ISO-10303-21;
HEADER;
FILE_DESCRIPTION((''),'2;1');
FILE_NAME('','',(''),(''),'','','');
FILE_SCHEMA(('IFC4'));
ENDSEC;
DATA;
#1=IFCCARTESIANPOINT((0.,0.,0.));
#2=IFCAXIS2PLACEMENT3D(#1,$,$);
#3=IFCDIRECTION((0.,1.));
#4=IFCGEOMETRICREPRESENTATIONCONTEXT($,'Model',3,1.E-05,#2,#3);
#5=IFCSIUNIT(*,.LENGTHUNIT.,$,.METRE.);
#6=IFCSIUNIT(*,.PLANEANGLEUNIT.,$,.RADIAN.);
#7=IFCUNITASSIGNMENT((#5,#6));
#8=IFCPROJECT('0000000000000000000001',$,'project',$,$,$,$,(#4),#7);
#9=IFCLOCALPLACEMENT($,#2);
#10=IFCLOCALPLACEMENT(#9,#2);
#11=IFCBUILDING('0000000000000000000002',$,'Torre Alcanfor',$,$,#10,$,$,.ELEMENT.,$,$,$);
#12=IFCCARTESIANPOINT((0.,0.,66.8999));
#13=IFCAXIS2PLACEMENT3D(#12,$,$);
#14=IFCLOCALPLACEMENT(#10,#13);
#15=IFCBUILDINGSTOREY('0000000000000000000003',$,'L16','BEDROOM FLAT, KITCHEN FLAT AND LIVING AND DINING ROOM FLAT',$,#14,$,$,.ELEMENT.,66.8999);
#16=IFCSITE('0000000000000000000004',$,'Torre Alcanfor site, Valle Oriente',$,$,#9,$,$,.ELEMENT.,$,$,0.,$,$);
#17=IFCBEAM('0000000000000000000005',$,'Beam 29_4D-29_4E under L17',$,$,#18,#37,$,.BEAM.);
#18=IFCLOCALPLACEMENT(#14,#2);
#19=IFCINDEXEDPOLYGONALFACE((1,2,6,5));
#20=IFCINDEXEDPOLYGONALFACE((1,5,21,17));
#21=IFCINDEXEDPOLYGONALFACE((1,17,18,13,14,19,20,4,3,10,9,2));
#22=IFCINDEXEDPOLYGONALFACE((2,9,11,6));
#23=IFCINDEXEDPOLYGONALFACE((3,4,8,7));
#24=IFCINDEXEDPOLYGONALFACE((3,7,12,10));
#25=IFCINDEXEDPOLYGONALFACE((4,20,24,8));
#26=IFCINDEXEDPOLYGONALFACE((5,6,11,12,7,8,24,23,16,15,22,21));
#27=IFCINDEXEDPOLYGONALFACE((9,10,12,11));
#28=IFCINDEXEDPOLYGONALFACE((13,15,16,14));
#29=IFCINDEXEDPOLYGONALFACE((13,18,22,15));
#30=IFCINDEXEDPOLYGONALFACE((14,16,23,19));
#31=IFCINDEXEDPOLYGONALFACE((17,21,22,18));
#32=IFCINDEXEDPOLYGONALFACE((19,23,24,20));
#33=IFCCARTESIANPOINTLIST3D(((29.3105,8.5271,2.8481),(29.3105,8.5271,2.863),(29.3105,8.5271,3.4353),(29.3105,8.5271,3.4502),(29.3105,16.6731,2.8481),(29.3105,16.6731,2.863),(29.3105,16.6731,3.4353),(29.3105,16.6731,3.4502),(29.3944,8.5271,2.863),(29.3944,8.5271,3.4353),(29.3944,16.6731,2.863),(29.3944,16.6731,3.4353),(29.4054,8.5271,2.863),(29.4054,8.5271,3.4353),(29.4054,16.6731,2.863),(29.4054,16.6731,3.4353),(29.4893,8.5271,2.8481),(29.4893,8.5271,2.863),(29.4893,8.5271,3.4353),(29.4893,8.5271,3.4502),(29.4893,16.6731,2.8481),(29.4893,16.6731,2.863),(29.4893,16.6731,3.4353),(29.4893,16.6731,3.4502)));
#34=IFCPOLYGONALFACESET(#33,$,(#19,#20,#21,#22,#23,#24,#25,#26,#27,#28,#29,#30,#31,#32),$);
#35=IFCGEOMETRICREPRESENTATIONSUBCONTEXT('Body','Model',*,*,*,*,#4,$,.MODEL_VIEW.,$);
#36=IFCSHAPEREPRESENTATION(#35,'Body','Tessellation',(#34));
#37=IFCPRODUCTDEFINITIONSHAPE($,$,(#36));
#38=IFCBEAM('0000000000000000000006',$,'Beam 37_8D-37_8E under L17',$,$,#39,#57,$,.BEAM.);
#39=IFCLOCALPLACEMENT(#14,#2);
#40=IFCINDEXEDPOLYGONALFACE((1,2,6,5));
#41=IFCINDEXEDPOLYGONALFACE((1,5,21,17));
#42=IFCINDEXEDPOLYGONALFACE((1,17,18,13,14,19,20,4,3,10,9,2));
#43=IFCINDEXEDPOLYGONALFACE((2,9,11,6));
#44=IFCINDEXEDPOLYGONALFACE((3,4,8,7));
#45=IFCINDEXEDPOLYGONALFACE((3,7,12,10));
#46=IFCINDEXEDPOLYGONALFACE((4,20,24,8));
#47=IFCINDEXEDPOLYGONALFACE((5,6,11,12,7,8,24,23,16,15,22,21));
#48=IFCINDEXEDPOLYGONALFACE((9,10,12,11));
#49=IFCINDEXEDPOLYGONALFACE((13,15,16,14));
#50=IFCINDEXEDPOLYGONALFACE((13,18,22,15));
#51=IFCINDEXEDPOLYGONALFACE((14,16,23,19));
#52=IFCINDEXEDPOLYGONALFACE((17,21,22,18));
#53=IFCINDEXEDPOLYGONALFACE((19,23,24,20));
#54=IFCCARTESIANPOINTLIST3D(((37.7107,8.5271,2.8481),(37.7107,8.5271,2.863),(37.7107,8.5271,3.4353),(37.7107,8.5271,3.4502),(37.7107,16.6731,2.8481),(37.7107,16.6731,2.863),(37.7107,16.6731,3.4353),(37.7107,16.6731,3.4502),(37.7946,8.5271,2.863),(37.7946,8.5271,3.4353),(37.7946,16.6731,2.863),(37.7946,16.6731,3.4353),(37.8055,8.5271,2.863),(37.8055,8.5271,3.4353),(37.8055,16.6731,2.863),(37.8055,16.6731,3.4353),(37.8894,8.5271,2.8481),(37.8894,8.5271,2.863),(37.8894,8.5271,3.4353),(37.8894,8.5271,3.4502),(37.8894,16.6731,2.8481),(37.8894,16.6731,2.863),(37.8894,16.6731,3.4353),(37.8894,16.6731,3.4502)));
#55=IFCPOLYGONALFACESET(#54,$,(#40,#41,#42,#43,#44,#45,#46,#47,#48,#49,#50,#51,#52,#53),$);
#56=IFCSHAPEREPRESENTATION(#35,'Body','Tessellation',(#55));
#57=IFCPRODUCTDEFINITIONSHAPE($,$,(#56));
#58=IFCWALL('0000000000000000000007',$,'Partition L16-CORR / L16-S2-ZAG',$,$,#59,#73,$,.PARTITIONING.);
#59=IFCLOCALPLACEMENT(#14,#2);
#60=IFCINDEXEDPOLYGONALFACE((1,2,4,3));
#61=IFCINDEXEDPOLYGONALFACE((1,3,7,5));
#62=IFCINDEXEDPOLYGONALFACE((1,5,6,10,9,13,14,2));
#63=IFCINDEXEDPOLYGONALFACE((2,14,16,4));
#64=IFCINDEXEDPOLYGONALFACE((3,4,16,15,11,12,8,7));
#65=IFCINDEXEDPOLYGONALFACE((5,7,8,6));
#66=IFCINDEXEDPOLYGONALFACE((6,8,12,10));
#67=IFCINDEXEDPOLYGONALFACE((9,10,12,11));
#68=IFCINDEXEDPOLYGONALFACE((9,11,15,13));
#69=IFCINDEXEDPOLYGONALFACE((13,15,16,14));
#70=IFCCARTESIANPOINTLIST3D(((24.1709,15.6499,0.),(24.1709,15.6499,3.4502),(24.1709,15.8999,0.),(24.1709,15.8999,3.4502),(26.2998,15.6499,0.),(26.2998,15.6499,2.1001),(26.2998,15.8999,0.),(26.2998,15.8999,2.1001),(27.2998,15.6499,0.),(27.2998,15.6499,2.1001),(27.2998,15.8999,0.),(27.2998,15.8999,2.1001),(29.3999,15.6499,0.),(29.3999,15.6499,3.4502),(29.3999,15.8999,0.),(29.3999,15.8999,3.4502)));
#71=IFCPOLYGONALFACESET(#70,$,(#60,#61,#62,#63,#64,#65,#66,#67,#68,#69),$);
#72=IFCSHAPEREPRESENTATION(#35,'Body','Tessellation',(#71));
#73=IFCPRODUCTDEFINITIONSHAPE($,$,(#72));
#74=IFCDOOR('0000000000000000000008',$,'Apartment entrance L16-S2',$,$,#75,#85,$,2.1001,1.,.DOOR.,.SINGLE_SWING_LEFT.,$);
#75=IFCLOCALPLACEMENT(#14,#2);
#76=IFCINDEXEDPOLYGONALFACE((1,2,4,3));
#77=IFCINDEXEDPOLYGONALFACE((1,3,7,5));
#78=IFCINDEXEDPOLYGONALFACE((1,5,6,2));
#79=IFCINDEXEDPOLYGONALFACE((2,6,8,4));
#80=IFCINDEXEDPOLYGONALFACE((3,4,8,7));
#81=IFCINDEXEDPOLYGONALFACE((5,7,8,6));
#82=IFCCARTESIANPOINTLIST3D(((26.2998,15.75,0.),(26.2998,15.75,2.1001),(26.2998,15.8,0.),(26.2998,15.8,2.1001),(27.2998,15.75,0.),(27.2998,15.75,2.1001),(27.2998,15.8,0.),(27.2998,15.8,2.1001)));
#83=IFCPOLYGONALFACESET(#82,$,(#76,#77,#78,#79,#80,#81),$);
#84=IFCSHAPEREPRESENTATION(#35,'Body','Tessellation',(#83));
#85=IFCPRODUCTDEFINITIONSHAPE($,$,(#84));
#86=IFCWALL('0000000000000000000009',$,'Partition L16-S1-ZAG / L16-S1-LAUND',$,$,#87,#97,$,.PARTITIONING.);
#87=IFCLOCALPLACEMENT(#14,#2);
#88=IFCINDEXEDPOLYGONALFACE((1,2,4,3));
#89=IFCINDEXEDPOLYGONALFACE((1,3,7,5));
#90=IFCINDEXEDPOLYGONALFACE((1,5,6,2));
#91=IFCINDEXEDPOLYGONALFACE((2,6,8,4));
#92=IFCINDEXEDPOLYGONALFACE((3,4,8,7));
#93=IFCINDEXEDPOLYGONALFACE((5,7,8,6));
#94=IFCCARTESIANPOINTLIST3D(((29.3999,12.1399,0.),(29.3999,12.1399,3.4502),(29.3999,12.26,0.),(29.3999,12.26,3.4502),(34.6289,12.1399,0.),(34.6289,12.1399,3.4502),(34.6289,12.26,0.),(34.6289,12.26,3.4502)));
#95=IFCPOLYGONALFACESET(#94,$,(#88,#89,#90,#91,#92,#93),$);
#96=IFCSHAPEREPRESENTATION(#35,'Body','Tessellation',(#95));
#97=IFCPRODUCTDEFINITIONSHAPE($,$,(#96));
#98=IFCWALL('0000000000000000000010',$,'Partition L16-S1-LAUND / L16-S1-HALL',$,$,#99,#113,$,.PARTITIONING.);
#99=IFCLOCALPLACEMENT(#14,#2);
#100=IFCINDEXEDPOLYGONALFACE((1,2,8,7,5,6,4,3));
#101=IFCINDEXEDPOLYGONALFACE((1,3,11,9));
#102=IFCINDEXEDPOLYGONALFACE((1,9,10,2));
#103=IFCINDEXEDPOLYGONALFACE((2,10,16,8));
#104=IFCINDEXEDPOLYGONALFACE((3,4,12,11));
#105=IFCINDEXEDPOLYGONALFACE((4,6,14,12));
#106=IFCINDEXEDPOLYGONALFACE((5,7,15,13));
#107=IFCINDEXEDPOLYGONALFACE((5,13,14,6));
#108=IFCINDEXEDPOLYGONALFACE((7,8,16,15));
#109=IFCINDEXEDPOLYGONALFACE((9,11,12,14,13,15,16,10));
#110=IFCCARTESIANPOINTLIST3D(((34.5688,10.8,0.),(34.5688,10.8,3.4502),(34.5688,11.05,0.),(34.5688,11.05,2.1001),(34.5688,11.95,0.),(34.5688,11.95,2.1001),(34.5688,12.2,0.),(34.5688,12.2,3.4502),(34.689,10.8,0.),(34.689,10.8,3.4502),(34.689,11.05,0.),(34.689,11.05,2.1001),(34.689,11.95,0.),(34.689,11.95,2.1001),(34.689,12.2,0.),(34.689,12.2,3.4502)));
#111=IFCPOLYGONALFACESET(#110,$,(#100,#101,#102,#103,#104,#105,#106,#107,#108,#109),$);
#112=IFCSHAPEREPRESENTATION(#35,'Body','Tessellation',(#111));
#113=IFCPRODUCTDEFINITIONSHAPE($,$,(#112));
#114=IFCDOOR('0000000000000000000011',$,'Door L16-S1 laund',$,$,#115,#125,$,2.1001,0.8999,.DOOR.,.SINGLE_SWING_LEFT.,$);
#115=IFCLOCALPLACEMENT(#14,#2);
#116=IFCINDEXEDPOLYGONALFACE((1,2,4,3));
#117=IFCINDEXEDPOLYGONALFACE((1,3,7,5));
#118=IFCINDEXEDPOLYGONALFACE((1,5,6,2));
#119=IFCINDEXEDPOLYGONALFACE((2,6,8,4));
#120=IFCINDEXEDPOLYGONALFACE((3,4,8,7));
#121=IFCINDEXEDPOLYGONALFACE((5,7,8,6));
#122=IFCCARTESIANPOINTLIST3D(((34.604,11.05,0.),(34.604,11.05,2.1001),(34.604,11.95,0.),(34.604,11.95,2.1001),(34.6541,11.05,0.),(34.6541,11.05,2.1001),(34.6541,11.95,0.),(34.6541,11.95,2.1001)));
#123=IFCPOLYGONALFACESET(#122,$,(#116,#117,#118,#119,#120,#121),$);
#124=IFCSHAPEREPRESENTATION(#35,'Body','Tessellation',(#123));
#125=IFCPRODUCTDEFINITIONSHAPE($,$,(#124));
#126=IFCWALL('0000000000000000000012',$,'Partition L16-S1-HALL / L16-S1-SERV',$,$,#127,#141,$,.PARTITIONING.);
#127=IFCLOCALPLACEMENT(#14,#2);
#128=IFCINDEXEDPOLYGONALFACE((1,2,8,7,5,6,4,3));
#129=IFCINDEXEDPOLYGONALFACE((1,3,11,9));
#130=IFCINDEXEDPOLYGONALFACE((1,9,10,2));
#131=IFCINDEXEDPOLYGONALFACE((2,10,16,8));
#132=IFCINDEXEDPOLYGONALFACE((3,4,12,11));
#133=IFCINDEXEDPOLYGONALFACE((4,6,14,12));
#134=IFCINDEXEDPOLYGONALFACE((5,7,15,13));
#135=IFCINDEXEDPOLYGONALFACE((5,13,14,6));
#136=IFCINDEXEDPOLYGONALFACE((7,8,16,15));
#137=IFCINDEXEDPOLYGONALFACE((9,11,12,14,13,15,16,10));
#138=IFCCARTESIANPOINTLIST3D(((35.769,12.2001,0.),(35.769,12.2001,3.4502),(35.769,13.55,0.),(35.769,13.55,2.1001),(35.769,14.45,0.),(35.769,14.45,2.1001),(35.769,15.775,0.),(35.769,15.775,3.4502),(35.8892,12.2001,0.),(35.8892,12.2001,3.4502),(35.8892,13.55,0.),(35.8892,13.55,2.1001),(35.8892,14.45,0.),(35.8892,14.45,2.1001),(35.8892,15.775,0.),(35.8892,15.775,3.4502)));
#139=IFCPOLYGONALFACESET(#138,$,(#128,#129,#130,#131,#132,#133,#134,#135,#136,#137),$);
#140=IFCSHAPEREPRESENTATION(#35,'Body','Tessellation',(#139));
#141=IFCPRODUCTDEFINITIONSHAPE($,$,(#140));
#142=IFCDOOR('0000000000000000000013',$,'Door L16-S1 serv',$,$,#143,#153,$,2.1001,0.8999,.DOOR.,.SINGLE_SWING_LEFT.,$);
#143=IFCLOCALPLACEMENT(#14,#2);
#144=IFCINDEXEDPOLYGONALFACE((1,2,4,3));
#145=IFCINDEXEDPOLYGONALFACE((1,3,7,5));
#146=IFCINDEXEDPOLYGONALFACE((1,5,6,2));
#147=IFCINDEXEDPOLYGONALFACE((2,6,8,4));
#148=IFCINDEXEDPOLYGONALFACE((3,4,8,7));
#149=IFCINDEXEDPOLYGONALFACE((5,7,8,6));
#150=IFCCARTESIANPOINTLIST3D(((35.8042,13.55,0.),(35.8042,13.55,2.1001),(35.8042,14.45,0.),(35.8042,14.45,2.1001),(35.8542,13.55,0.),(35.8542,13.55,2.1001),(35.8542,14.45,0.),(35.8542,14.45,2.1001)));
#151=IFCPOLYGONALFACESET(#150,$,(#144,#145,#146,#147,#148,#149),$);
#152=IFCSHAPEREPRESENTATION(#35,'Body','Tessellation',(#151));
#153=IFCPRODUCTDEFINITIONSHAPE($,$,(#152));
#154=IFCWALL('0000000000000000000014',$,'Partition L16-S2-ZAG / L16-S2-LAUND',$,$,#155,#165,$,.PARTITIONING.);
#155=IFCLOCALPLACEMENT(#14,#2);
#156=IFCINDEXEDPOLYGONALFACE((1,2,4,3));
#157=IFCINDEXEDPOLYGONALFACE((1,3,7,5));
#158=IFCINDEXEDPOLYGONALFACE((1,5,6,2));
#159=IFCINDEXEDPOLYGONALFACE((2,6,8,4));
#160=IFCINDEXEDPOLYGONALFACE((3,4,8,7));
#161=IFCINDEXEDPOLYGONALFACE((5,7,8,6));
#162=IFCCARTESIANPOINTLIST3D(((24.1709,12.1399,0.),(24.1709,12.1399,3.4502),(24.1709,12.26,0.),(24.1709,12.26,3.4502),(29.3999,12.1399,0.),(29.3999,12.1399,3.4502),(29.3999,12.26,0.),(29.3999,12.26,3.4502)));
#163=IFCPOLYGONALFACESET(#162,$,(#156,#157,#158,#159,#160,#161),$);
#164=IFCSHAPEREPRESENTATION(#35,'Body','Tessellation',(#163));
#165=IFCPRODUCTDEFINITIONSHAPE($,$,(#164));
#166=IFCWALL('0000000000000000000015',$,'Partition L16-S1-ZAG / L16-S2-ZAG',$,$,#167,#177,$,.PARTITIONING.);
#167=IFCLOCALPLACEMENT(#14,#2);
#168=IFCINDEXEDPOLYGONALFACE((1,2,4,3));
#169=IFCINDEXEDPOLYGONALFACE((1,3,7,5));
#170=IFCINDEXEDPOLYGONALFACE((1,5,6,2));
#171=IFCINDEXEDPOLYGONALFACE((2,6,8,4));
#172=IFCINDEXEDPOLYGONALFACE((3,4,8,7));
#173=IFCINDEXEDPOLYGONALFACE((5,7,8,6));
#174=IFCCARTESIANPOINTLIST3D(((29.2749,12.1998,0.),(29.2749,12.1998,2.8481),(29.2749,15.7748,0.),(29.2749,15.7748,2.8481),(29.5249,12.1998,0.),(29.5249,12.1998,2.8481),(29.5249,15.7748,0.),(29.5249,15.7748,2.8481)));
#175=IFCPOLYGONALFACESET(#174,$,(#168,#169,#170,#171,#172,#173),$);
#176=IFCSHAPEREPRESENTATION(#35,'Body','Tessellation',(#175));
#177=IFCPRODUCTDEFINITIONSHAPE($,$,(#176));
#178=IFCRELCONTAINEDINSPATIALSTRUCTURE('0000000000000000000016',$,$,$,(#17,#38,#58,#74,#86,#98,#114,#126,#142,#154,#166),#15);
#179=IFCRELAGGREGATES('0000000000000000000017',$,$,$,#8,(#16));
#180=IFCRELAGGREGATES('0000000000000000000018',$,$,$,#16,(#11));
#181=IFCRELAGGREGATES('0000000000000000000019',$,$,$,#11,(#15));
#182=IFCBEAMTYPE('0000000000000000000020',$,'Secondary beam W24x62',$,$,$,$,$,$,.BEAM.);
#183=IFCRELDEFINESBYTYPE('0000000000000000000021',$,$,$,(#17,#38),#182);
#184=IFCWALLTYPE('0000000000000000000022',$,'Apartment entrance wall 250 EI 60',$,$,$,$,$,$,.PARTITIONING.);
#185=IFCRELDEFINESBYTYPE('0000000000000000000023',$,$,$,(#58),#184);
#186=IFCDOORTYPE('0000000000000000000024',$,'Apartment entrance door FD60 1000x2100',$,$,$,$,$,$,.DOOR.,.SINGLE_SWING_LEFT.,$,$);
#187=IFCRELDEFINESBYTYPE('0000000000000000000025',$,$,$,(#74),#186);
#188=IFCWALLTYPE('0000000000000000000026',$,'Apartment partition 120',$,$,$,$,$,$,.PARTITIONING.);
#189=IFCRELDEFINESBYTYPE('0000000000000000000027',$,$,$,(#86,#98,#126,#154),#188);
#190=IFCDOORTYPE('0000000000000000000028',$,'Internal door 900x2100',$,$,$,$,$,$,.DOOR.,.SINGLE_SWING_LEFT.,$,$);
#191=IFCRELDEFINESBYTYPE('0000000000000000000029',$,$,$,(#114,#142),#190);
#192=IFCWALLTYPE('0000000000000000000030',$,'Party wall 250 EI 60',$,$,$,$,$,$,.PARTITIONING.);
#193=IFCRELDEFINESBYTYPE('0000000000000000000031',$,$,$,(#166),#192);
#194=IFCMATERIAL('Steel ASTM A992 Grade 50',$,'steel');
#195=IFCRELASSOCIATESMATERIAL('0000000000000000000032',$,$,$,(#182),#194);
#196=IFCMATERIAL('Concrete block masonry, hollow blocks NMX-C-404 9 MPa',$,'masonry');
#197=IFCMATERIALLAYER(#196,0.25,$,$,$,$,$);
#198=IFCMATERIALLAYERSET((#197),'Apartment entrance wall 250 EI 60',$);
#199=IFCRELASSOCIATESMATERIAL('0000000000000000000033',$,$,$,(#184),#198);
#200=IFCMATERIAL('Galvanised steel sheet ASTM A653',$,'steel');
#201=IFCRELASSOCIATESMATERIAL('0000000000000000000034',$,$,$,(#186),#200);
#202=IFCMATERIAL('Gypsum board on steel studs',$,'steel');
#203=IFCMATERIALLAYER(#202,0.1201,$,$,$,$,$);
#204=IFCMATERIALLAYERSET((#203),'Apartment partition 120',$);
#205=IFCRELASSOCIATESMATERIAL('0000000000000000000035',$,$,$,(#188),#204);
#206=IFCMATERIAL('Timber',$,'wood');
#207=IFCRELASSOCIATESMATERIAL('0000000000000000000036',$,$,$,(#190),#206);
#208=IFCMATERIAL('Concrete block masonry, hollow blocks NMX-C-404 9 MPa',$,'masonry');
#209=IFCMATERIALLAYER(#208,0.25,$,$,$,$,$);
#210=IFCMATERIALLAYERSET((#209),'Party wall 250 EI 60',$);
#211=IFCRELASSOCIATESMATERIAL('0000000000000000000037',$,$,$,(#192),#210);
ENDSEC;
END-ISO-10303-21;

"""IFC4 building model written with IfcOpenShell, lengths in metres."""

from ifc_helpers import new_model, si_unit, direction, frame, frame_2d, origin, origin_2d, place, context, subcontext, project, spatial, rectangle, i_section, extrude, material, layer, layer_set, material_profile, profile_set, type_object, element, fill, save


model = new_model("IFC4")

# Units and contexts
model_context = context("Model", 3, precision=1e-05, world=origin(), true_north=direction((0.0, 1.0)))
body_context = subcontext(model_context, "Body", "Model", "MODEL_VIEW")
ifc_project = project(units=[si_unit("LENGTHUNIT", "METRE"), si_unit("PLANEANGLEUNIT", "RADIAN")], contexts=[model_context])

# Site, building, storey
site_placement = place(None, origin())
site = spatial("IfcSite", under=ifc_project, at=site_placement, Name="Torre Alcanfor site, Valle Oriente", CompositionType="ELEMENT", RefElevation=0.0)
building_placement = place(site_placement, origin())
building = spatial("IfcBuilding", under=site, at=building_placement, Name="Torre Alcanfor", CompositionType="ELEMENT")
storey_placement = place(building_placement, frame((0.0, 0.0, 66.8999)))
storey = spatial("IfcBuildingStorey", under=building, at=storey_placement, Name="L16", Description="BEDROOM FLAT, KITCHEN FLAT AND LIVING AND DINING ROOM FLAT", CompositionType="ELEMENT", Elevation=66.8999)

# Beams
ifc_material_1 = material(Name="Steel ASTM A992 Grade 50", Category="steel")
ifc_material_profile = material_profile(ifc_material_1, i_section(OverallWidth=0.1787, OverallDepth=0.6021, WebThickness=0.011, FlangeThickness=0.0149, at=origin_2d()), Name="W24x62")
ifc_profile_set = profile_set([ifc_material_profile], Name="Steel ASTM A992 Grade 50")
beam_type = type_object("IfcBeamType", Name="Secondary beam W24x62", PredefinedType="BEAM", material=ifc_profile_set)
for number, where, z_axis, x_axis, name in (
    (1, (29.3999, 8.5271, 3.1492), (0.0, 1.0, 0.0), (-1.0, 0.0, 0.0), "Beam 29_4D-29_4E under L17"),
    (2, (37.8, 8.5271, 3.1492), (0.0, 1.0, 0.0), (-1.0, 0.0, 0.0), "Beam 37_8D-37_8E under L17"),
):
    element("IfcBeam", number, at=place(storey_placement, frame(where, z_axis=z_axis, x_axis=x_axis)), inside=storey, type_object=beam_type, Name=name, PredefinedType="BEAM", context=body_context, shape_type="SweptSolid", body=[
        extrude(i_section(OverallWidth=0.1787, OverallDepth=0.6021, WebThickness=0.011, FlangeThickness=0.0149, at=origin_2d()), origin(), (0.0, 0.0, 1.0), 8.146),
    ])

# Wall, opening, door
ifc_material_2 = material(Name="Concrete block masonry, hollow blocks NMX-C-404 9 MPa", Category="masonry")
ifc_layer_1 = layer(ifc_material_2, 0.25)
ifc_layer_set_1 = layer_set([ifc_layer_1], Name="Apartment entrance wall 250 EI 60")
wall_type_1 = type_object("IfcWallType", Name="Apartment entrance wall 250 EI 60", PredefinedType="PARTITIONING", material=ifc_layer_set_1)
wall_1_placement = place(storey_placement, frame((29.3999, 15.7749, 0.0), z_axis=(0.0, 0.0, 1.0), x_axis=(-1.0, 0.0, 0.0)))
wall_1 = element("IfcWall", 3, at=wall_1_placement, inside=storey, type_object=wall_type_1, Name="Partition L16-CORR / L16-S2-ZAG", PredefinedType="PARTITIONING", context=body_context, shape_type="SweptSolid", body=[
    extrude(rectangle(XDim=5.229, YDim=0.25, at=frame_2d((2.6145, 0.0))), origin(), (0.0, 0.0, 1.0), 3.4502),
])
opening_1_placement = place(wall_1_placement, frame((2.1001, 0.0, 0.0)))
opening_1 = element("IfcOpeningElement", 4, at=opening_1_placement, cuts=wall_1, PredefinedType="OPENING", context=body_context, shape_type="SweptSolid", body=[
    extrude(rectangle(XDim=1.0, YDim=2.1001, at=frame_2d((0.5, 1.05))), frame((0.0, 0.135, 0.0), z_axis=(0.0, -1.0, 0.0), x_axis=(1.0, 0.0, 0.0)), (0.0, 0.0, 1.0), 0.27),
])
ifc_material_3 = material(Name="Galvanised steel sheet ASTM A653", Category="steel")
door_type_1 = type_object("IfcDoorType", Name="Apartment entrance door FD60 1000x2100", OperationType="SINGLE_SWING_LEFT", PredefinedType="DOOR", material=ifc_material_3)
door_1_placement = place(opening_1_placement, origin())
door_1 = element("IfcDoor", 5, at=door_1_placement, inside=storey, type_object=door_type_1, Name="Apartment entrance L16-S2", OperationType="SINGLE_SWING_LEFT", OverallHeight=2.1001, OverallWidth=1.0, PredefinedType="DOOR", context=body_context, shape_type="SweptSolid", body=[
    extrude(rectangle(XDim=1.0, YDim=2.1001, at=frame_2d((0.5, 1.05))), frame((0.0, 0.0249, 0.0), z_axis=(0.0, -1.0, 0.0), x_axis=(1.0, 0.0, 0.0)), (0.0, 0.0, 1.0), 0.05),
])
fill(opening_1, door_1)

# Wall
ifc_material_4 = material(Name="Gypsum board on steel studs", Category="steel")
ifc_layer_2 = layer(ifc_material_4, 0.1201)
ifc_layer_set_2 = layer_set([ifc_layer_2], Name="Apartment partition 120")
wall_type_2 = type_object("IfcWallType", Name="Apartment partition 120", PredefinedType="PARTITIONING", material=ifc_layer_set_2)
wall_2_placement = place(storey_placement, frame((29.3999, 12.2, 0.0), z_axis=(0.0, 0.0, 1.0), x_axis=(1.0, 0.0, 0.0)))
element("IfcWall", 6, at=wall_2_placement, inside=storey, type_object=wall_type_2, Name="Partition L16-S1-ZAG / L16-S1-LAUND", PredefinedType="PARTITIONING", context=body_context, shape_type="SweptSolid", body=[
    extrude(rectangle(XDim=5.229, YDim=0.1201, at=frame_2d((2.6145, 0.0))), origin(), (0.0, 0.0, 1.0), 3.4502),
])

# Walls, openings, doors
wall_3_placement = place(storey_placement, frame((34.6289, 10.8, 0.0), z_axis=(0.0, 0.0, 1.0), x_axis=(0.0, 1.0, 0.0)))
wall_3 = element("IfcWall", 7, at=wall_3_placement, inside=storey, type_object=wall_type_2, Name="Partition L16-S1-LAUND / L16-S1-HALL", PredefinedType="PARTITIONING", context=body_context, shape_type="SweptSolid", body=[
    extrude(rectangle(XDim=1.3999, YDim=0.1201, at=frame_2d((0.7, 0.0))), origin(), (0.0, 0.0, 1.0), 3.4502),
])
opening_2_placement = place(wall_3_placement, frame((0.25, 0.0, 0.0)))
opening_2 = element("IfcOpeningElement", 8, at=opening_2_placement, cuts=wall_3, PredefinedType="OPENING", context=body_context, shape_type="SweptSolid", body=[
    extrude(rectangle(XDim=0.8999, YDim=2.1001, at=frame_2d((0.45, 1.05))), frame((0.0, 0.0701, 0.0), z_axis=(0.0, -1.0, 0.0), x_axis=(1.0, 0.0, 0.0)), (0.0, 0.0, 1.0), 0.1401),
])
ifc_material_5 = material(Name="Timber", Category="wood")
door_type_2 = type_object("IfcDoorType", Name="Internal door 900x2100", OperationType="SINGLE_SWING_LEFT", PredefinedType="DOOR", material=ifc_material_5)
door_2_placement = place(opening_2_placement, origin())
door_2 = element("IfcDoor", 9, at=door_2_placement, inside=storey, type_object=door_type_2, Name="Door L16-S1 laund", OperationType="SINGLE_SWING_LEFT", OverallHeight=2.1001, OverallWidth=0.8999, PredefinedType="DOOR", context=body_context, shape_type="SweptSolid", body=[
    extrude(rectangle(XDim=0.8999, YDim=2.1001, at=frame_2d((0.45, 1.05))), frame((0.0, 0.0249, 0.0), z_axis=(0.0, -1.0, 0.0), x_axis=(1.0, 0.0, 0.0)), (0.0, 0.0, 1.0), 0.05),
])
fill(opening_2, door_2)
wall_4_placement = place(storey_placement, frame((35.8291, 12.2, 0.0), z_axis=(0.0, 0.0, 1.0), x_axis=(0.0, 1.0, 0.0)))
wall_4 = element("IfcWall", 10, at=wall_4_placement, inside=storey, type_object=wall_type_2, Name="Partition L16-S1-HALL / L16-S1-SERV", PredefinedType="PARTITIONING", context=body_context, shape_type="SweptSolid", body=[
    extrude(rectangle(XDim=3.575, YDim=0.1201, at=frame_2d((1.7876, 0.0))), origin(), (0.0, 0.0, 1.0), 3.4502),
])
opening_3_placement = place(wall_4_placement, frame((1.3501, 0.0, 0.0)))
opening_3 = element("IfcOpeningElement", 11, at=opening_3_placement, cuts=wall_4, PredefinedType="OPENING", context=body_context, shape_type="SweptSolid", body=[
    extrude(rectangle(XDim=0.8999, YDim=2.1001, at=frame_2d((0.45, 1.05))), frame((0.0, 0.0701, 0.0), z_axis=(0.0, -1.0, 0.0), x_axis=(1.0, 0.0, 0.0)), (0.0, 0.0, 1.0), 0.1401),
])
door_3_placement = place(opening_3_placement, frame((0.8999, 0.0, 0.0), z_axis=(0.0, 0.0, 1.0), x_axis=(-1.0, 0.0, 0.0)))
door_3 = element("IfcDoor", 12, at=door_3_placement, inside=storey, type_object=door_type_2, Name="Door L16-S1 serv", OperationType="SINGLE_SWING_LEFT", OverallHeight=2.1001, OverallWidth=0.8999, PredefinedType="DOOR", context=body_context, shape_type="SweptSolid", body=[
    extrude(rectangle(XDim=0.8999, YDim=2.1001, at=frame_2d((0.45, 1.05))), frame((0.0, 0.0251, 0.0), z_axis=(0.0, -1.0, 0.0), x_axis=(1.0, 0.0, 0.0)), (0.0, 0.0, 1.0), 0.05),
])
fill(opening_3, door_3)

# Walls
wall_5_placement = place(storey_placement, frame((29.3999, 12.2, 0.0), z_axis=(0.0, 0.0, 1.0), x_axis=(-1.0, 0.0, 0.0)))
element("IfcWall", 13, at=wall_5_placement, inside=storey, type_object=wall_type_2, Name="Partition L16-S2-ZAG / L16-S2-LAUND", PredefinedType="PARTITIONING", context=body_context, shape_type="SweptSolid", body=[
    extrude(rectangle(XDim=5.229, YDim=0.1201, at=frame_2d((2.6145, 0.0))), origin(), (0.0, 0.0, 1.0), 3.4502),
])
ifc_material_6 = material(Name="Concrete block masonry, hollow blocks NMX-C-404 9 MPa", Category="masonry")
ifc_layer_3 = layer(ifc_material_6, 0.25)
ifc_layer_set_3 = layer_set([ifc_layer_3], Name="Party wall 250 EI 60")
wall_type_3 = type_object("IfcWallType", Name="Party wall 250 EI 60", PredefinedType="PARTITIONING", material=ifc_layer_set_3)
wall_6_placement = place(storey_placement, frame((29.3999, 15.7749, 0.0), z_axis=(0.0, 0.0, 1.0), x_axis=(0.0, -1.0, 0.0)))
element("IfcWall", 14, at=wall_6_placement, inside=storey, type_object=wall_type_3, Name="Partition L16-S1-ZAG / L16-S2-ZAG", PredefinedType="PARTITIONING", context=body_context, shape_type="SweptSolid", body=[
    extrude(rectangle(XDim=3.575, YDim=0.25, at=frame_2d((1.7876, 0.0))), origin(), (0.0, 0.0, 1.0), 2.8481),
])

save(model, "model.ifc")
